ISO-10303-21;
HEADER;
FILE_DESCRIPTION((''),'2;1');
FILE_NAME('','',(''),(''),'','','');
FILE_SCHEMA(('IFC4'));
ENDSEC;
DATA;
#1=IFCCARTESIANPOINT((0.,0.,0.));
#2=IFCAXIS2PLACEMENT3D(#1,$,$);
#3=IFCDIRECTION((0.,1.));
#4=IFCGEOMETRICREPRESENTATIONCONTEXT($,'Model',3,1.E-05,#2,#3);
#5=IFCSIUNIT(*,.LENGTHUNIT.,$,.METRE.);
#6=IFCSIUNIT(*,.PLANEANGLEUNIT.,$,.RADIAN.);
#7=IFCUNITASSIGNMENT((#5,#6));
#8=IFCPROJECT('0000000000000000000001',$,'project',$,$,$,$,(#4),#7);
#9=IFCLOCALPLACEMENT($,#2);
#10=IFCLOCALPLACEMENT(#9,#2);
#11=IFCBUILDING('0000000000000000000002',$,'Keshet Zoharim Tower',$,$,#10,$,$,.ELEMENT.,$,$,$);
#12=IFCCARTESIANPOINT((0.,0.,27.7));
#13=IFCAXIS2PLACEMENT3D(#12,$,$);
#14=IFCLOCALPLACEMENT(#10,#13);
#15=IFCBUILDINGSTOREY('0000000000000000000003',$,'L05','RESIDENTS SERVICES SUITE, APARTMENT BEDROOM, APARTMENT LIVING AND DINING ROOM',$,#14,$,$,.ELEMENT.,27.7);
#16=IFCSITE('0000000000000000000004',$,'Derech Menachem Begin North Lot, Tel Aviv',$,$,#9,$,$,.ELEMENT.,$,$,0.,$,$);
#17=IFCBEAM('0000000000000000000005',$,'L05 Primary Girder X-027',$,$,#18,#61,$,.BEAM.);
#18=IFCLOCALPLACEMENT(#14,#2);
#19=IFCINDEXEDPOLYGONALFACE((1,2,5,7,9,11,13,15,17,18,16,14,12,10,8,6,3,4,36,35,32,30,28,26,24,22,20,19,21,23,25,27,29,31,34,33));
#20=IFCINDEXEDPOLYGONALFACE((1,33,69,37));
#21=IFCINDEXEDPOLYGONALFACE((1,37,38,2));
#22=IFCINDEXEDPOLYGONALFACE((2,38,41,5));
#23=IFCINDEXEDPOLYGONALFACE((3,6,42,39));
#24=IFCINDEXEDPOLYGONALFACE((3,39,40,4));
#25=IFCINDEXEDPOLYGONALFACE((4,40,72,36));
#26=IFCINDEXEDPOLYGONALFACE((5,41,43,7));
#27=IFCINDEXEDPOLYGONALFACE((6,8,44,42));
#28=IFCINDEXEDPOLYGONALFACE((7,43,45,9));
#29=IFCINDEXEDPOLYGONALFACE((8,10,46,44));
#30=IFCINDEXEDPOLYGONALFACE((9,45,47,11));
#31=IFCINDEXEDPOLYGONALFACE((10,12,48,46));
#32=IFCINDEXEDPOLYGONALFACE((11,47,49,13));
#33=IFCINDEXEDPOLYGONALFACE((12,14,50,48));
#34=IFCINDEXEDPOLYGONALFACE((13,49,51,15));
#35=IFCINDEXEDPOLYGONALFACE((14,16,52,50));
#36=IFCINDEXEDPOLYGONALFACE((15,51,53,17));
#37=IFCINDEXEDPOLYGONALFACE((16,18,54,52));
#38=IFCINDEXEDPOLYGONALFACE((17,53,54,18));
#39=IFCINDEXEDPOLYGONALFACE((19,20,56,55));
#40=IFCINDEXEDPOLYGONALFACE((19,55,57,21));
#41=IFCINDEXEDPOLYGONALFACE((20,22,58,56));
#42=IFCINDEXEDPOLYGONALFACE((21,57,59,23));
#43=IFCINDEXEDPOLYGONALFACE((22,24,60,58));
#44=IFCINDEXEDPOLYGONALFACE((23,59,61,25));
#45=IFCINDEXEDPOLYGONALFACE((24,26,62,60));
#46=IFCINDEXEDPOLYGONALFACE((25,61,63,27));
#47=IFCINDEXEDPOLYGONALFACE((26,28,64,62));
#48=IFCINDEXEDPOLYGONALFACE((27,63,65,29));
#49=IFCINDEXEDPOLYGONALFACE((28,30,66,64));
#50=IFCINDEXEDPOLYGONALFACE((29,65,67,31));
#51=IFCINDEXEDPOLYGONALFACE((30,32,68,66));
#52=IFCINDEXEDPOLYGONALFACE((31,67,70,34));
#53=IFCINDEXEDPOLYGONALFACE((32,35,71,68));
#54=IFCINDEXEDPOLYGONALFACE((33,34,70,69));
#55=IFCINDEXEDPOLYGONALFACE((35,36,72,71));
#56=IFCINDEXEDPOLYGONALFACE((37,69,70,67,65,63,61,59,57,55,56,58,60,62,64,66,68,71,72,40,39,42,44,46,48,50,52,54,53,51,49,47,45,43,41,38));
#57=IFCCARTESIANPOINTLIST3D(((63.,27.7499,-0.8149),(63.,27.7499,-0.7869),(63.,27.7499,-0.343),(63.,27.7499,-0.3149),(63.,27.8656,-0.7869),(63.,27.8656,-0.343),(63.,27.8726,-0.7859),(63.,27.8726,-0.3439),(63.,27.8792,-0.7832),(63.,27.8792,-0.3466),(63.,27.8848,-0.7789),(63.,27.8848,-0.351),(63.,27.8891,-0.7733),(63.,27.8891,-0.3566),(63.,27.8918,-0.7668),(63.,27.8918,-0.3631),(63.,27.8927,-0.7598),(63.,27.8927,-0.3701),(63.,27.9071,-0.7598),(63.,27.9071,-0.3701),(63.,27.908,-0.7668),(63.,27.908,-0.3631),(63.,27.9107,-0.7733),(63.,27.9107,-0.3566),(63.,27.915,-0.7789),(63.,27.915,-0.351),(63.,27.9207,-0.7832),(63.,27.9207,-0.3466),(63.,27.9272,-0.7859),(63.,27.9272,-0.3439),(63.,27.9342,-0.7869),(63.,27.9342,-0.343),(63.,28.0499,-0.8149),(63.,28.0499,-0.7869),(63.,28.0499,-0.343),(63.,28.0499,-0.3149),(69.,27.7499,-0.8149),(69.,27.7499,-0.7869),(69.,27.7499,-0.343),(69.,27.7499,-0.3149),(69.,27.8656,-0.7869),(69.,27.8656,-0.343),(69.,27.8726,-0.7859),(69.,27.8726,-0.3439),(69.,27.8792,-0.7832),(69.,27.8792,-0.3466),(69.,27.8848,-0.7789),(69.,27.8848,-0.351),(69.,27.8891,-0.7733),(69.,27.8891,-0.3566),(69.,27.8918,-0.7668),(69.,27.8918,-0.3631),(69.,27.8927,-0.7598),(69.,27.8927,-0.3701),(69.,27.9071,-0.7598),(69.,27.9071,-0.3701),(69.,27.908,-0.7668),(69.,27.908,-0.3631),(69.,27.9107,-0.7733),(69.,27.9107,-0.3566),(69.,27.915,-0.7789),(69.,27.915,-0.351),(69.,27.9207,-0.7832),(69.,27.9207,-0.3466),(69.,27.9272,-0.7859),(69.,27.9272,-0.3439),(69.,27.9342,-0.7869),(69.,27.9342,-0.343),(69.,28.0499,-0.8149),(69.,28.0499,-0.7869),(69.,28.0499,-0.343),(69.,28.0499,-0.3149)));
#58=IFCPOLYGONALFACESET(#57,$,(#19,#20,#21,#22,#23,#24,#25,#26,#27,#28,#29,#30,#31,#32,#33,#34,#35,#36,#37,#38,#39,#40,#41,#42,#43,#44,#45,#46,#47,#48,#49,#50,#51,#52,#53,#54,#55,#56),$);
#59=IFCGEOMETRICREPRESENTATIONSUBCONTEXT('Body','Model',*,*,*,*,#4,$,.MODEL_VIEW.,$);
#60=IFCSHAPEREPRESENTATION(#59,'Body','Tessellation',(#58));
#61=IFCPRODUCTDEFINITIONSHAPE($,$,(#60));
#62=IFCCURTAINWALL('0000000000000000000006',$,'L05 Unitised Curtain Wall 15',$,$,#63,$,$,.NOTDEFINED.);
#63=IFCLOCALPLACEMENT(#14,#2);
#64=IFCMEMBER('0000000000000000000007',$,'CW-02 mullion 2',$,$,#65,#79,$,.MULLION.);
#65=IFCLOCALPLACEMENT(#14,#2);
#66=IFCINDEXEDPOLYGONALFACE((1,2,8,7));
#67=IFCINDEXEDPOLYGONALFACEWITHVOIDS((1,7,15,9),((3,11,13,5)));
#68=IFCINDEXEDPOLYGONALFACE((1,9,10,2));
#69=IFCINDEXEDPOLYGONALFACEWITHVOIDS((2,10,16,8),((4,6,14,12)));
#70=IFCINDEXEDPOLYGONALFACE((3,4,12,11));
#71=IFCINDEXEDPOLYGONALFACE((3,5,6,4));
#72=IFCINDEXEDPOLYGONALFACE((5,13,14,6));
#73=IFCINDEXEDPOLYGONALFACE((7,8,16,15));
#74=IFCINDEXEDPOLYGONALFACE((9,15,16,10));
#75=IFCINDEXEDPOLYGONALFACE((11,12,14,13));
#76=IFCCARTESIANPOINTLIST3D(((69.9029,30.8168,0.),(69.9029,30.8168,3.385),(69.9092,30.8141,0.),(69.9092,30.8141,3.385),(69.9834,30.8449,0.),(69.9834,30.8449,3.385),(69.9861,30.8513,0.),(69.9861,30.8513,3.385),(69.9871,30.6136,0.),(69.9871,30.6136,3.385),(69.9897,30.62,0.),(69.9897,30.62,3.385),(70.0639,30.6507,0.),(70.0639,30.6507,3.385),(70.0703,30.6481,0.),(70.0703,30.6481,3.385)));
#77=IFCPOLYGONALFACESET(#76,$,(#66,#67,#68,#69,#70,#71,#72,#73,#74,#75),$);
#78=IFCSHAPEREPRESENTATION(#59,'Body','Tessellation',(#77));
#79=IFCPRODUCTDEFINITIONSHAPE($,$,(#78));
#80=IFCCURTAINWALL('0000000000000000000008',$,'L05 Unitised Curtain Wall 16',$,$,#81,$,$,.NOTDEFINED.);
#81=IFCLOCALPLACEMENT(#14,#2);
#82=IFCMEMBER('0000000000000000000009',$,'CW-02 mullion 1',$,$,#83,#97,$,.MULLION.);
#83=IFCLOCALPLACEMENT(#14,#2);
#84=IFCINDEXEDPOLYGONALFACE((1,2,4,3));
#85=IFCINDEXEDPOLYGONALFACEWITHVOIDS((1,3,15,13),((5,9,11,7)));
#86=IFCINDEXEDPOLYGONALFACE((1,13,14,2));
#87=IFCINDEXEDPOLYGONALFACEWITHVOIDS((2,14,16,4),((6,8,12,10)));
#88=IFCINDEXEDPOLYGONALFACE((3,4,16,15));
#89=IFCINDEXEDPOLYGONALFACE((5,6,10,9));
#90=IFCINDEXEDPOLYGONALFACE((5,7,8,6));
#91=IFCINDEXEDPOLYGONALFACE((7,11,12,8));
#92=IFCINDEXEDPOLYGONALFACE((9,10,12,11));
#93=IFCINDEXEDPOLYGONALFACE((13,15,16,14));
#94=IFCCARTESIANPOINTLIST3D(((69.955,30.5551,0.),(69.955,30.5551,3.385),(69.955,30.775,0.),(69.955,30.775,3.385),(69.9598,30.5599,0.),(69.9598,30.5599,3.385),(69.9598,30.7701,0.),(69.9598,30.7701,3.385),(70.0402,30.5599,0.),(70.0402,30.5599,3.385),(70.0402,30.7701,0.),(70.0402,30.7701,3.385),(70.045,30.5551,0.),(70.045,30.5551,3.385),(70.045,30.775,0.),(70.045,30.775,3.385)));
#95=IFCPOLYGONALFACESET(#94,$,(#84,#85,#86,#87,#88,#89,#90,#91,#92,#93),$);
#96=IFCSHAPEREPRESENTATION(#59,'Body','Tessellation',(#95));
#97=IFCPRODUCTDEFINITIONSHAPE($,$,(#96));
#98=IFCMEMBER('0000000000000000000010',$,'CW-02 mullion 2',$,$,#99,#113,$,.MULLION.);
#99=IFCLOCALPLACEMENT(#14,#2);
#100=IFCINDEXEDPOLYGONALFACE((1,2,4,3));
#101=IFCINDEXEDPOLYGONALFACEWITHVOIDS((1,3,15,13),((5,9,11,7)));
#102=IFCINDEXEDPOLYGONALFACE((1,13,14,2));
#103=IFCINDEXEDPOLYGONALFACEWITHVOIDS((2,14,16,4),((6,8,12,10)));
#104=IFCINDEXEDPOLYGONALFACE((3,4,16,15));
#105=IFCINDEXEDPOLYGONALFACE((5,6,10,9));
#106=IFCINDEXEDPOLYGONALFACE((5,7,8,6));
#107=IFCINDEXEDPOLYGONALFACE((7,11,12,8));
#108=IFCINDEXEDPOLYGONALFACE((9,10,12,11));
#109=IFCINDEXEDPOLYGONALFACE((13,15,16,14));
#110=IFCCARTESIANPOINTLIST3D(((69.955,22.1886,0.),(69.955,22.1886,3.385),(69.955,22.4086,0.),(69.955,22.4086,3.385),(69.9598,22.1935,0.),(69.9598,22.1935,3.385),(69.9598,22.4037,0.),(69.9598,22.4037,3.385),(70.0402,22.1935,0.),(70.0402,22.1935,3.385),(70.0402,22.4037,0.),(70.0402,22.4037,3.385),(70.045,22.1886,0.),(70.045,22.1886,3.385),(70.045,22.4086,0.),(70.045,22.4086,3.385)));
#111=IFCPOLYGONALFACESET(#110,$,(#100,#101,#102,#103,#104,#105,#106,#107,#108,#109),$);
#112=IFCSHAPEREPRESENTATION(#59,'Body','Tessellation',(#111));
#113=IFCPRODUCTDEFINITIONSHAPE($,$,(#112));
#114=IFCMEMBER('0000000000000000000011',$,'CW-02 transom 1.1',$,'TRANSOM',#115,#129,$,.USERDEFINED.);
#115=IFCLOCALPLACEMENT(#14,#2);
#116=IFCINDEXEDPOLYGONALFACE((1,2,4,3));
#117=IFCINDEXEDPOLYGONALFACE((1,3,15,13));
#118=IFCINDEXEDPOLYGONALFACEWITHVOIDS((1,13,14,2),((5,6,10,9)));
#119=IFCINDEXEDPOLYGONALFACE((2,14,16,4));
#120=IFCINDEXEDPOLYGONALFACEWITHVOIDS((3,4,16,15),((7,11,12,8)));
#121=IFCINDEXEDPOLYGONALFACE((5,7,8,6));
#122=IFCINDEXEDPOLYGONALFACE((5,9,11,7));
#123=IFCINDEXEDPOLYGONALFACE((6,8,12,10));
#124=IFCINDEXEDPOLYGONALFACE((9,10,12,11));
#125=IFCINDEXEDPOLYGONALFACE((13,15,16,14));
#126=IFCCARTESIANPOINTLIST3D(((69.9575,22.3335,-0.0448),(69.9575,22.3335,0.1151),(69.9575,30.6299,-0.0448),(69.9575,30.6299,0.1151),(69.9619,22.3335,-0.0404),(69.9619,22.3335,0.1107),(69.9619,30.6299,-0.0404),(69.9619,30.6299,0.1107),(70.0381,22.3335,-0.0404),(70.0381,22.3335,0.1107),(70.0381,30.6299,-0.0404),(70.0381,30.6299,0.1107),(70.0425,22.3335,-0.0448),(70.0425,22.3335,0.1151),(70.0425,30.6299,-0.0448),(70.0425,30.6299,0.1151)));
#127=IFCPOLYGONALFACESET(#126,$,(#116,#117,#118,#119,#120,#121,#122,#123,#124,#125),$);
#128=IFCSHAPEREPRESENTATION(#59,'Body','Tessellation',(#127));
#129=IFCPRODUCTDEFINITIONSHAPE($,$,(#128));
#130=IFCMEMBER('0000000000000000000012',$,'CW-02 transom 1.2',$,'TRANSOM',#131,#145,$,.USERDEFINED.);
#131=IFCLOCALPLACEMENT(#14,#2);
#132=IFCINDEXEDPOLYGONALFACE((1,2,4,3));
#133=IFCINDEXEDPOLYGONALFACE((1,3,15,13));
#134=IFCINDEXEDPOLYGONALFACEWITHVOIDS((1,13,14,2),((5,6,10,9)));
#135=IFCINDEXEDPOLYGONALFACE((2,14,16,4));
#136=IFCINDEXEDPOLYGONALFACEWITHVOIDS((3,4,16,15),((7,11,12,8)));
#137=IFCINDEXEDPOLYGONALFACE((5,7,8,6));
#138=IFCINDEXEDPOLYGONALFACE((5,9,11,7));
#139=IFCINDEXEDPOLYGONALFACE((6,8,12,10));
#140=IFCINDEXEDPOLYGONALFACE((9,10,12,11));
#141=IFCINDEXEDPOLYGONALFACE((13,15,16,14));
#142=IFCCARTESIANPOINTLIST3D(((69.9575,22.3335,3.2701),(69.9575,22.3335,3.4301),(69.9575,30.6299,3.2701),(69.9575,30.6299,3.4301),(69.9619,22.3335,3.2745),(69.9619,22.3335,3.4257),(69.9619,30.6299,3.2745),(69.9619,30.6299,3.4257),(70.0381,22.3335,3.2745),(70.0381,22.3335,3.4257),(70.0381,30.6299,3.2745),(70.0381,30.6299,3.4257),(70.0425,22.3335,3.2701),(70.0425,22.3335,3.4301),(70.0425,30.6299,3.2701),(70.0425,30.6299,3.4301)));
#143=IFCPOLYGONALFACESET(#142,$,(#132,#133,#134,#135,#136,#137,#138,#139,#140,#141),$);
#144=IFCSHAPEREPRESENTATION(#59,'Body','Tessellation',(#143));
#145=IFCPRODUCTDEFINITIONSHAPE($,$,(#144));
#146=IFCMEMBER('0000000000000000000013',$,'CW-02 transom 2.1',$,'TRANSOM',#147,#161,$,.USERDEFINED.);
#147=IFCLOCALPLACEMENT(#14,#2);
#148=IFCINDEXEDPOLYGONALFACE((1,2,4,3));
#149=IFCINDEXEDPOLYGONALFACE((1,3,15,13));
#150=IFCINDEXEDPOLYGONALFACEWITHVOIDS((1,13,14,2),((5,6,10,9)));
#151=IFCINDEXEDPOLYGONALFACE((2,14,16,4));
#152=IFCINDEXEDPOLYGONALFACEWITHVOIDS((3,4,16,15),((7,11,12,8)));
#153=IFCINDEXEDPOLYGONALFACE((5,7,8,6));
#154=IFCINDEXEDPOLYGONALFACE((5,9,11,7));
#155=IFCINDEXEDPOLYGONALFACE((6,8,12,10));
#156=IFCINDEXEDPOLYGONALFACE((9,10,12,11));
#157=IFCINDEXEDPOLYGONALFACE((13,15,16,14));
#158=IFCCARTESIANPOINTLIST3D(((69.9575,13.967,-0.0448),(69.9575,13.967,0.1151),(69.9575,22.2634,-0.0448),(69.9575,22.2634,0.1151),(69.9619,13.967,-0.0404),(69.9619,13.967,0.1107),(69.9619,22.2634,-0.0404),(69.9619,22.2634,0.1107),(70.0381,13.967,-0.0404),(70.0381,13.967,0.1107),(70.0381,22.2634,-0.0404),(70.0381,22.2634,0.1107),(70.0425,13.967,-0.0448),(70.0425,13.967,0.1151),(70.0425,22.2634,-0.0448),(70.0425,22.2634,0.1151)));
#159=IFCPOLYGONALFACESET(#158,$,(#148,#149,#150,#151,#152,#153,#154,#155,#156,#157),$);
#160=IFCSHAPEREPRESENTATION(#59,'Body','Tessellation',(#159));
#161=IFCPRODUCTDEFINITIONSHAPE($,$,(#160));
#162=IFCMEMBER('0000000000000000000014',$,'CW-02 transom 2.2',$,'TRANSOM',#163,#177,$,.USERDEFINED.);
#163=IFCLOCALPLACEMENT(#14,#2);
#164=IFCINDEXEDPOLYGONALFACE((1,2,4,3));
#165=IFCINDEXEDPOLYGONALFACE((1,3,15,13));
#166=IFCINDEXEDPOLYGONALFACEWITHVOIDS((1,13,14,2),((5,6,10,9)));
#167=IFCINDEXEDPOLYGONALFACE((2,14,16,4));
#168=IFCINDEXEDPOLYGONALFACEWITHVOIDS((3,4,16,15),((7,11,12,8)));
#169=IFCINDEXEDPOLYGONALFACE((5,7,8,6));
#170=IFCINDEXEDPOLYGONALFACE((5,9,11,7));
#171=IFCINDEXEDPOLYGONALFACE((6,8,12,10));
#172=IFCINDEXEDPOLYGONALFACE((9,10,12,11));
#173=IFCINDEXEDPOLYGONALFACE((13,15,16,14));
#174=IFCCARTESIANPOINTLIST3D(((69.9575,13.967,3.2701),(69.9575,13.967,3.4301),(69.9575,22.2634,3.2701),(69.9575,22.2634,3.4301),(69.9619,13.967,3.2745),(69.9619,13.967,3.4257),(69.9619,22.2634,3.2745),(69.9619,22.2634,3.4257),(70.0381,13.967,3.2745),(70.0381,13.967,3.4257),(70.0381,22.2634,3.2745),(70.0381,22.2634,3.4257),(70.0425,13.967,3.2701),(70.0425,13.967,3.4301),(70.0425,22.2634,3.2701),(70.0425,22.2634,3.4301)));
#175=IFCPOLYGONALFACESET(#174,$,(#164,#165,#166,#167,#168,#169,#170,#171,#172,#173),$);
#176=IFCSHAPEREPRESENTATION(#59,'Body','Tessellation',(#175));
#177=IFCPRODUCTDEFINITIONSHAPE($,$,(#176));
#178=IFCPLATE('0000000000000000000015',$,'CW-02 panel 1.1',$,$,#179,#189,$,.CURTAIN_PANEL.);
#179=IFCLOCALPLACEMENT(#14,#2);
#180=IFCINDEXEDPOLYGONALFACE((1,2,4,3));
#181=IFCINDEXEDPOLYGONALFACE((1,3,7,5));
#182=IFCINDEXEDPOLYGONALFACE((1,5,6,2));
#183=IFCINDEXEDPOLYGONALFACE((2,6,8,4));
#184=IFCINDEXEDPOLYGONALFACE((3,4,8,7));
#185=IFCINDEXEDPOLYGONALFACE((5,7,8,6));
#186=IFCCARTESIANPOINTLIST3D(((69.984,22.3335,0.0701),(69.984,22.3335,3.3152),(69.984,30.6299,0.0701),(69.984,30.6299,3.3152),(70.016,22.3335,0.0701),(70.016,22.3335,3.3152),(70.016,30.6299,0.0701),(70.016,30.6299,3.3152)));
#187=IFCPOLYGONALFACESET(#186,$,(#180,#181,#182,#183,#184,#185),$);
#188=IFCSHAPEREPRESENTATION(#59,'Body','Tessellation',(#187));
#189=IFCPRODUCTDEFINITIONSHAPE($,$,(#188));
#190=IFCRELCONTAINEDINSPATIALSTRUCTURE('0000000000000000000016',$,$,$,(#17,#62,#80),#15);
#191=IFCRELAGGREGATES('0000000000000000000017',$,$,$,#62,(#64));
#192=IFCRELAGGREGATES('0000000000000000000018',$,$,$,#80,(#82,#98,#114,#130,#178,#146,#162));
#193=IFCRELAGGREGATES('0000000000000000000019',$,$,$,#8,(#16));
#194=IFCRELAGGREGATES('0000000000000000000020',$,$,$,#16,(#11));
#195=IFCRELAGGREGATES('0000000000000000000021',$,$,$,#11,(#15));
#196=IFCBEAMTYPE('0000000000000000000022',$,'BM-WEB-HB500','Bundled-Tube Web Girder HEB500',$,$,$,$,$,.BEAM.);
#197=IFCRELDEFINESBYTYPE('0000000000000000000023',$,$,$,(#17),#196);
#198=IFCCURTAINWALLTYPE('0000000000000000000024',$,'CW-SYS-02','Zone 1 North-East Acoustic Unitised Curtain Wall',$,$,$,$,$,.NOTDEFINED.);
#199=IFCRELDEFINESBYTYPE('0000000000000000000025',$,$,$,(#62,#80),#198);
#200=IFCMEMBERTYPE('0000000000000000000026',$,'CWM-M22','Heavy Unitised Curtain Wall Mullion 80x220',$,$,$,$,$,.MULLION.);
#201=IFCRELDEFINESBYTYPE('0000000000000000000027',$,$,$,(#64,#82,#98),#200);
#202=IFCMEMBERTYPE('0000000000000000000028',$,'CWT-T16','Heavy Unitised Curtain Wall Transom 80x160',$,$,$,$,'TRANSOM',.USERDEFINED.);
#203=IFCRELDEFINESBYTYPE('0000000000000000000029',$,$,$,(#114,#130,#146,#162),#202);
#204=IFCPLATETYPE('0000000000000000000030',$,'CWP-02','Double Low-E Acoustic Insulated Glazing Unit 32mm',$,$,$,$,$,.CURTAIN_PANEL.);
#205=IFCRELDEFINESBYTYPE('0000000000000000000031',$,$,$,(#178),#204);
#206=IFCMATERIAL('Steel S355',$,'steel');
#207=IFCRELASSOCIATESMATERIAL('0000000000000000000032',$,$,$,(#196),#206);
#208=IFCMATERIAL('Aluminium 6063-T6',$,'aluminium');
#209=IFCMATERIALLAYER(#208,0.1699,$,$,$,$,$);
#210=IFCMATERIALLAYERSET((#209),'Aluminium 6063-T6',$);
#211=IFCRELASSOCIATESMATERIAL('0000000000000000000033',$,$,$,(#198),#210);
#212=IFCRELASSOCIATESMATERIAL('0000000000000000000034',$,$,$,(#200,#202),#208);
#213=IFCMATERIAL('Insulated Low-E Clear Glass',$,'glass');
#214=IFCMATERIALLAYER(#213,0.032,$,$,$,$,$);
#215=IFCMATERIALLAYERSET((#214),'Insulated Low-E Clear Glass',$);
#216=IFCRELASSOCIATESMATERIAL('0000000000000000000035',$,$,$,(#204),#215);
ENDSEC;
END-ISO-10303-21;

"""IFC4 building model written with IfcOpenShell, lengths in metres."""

from ifc_helpers import new_model, si_unit, direction, frame, origin, origin_2d, place, context, subcontext, project, spatial, rectangle, hollow_rectangle, i_section, extrude, material, layer, layer_set, material_profile, profile_set, type_object, element, aggregate, save


model = new_model("IFC4")

# Units and contexts
model_context = context("Model", 3, precision=1e-05, world=origin(), true_north=direction((0.0, 1.0)))
body_context = subcontext(model_context, "Body", "Model", "MODEL_VIEW")
ifc_project = project(units=[si_unit("LENGTHUNIT", "METRE"), si_unit("PLANEANGLEUNIT", "RADIAN")], contexts=[model_context])

# Site, building, storey
site_placement = place(None, origin())
site = spatial("IfcSite", under=ifc_project, at=site_placement, Name="Derech Menachem Begin North Lot, Tel Aviv", CompositionType="ELEMENT", RefElevation=0.0)
building_placement = place(site_placement, origin())
building = spatial("IfcBuilding", under=site, at=building_placement, Name="Keshet Zoharim Tower", CompositionType="ELEMENT")
storey_placement = place(building_placement, frame((0.0, 0.0, 27.7)))
storey = spatial("IfcBuildingStorey", under=building, at=storey_placement, Name="L05", Description="RESIDENTS SERVICES SUITE, APARTMENT BEDROOM, APARTMENT LIVING AND DINING ROOM", CompositionType="ELEMENT", Elevation=27.7)

# Shared definitions
ifc_material_1 = material(Name="Steel S355", Category="steel")

# Beam
ifc_material_profile_1 = material_profile(ifc_material_1, i_section(OverallWidth=0.3, OverallDepth=0.5, WebThickness=0.0144, FlangeThickness=0.0281, FilletRadius=0.0271, at=origin_2d()), Name="HEB500")
ifc_profile_set_1 = profile_set([ifc_material_profile_1], Name="Steel S355")
beam_type_1 = type_object("IfcBeamType", Name="BM-WEB-HB500", Description="Bundled-Tube Web Girder HEB500", PredefinedType="BEAM", material=ifc_profile_set_1)
for number, where, z_axis, x_axis, name in (
    (1, (63.0, 27.8999, -0.5649), (1.0, 0.0, 0.0), (0.0, 1.0, 0.0), "L05 Primary Girder X-027"),
):
    element("IfcBeam", number, at=place(storey_placement, frame(where, z_axis=z_axis, x_axis=x_axis)), inside=storey, type_object=beam_type_1, Name=name, PredefinedType="BEAM", context=body_context, shape_type="SweptSolid", body=[
        extrude(i_section(OverallWidth=0.3, OverallDepth=0.5, WebThickness=0.0144, FlangeThickness=0.0281, FilletRadius=0.0271, at=origin_2d()), origin(), (0.0, 0.0, 1.0), 6.0),
    ])

# Curtain wall, member
ifc_material_2 = material(Name="Aluminium 6063-T6", Category="aluminium")
ifc_layer_1 = layer(ifc_material_2, 0.1699)
ifc_layer_set_1 = layer_set([ifc_layer_1], Name="Aluminium 6063-T6")
curtain_wall_type = type_object("IfcCurtainWallType", Name="CW-SYS-02", Description="Zone 1 North-East Acoustic Unitised Curtain Wall", PredefinedType="NOTDEFINED", material=ifc_layer_set_1)
curtain_wall_1_placement = place(storey_placement, origin())
curtain_wall_1 = element("IfcCurtainWall", 2, at=curtain_wall_1_placement, inside=storey, type_object=curtain_wall_type, Name="L05 Unitised Curtain Wall 15", PredefinedType="NOTDEFINED")
ifc_material_profile_2 = material_profile(ifc_material_2, hollow_rectangle(XDim=0.0901, YDim=0.22, WallThickness=0.0049, at=origin_2d()), Name="MUL-90x220")
ifc_profile_set_2 = profile_set([ifc_material_profile_2], Name="Aluminium 6063-T6")
member_type_1 = type_object("IfcMemberType", Name="CWM-M22", Description="Heavy Unitised Curtain Wall Mullion 80x220", PredefinedType="MULLION", material=ifc_profile_set_2)
member_1_placement = place(storey_placement, frame((69.9866, 30.7324, 0.0), z_axis=(0.0, 0.0, 1.0), x_axis=(0.92381, 0.382852, 0.0)))
member_1 = element("IfcMember", 3, at=member_1_placement, type_object=member_type_1, Name="CW-02 mullion 2", PredefinedType="MULLION", context=body_context, shape_type="SweptSolid", body=[
    extrude(hollow_rectangle(XDim=0.0901, YDim=0.22, WallThickness=0.0049, at=origin_2d()), origin(), (0.0, 0.0, 1.0), 3.385),
])
aggregate(curtain_wall_1, [member_1])

# Curtain wall, members, plate
curtain_wall_2_placement = place(storey_placement, origin())
curtain_wall_2 = element("IfcCurtainWall", 4, at=curtain_wall_2_placement, inside=storey, type_object=curtain_wall_type, Name="L05 Unitised Curtain Wall 16", PredefinedType="NOTDEFINED")
member_2_placement = place(storey_placement, frame((70.0, 30.665, 0.0), z_axis=(0.0, 0.0, 1.0), x_axis=(1.0, 0.0, 0.0)))
member_2 = element("IfcMember", 5, at=member_2_placement, type_object=member_type_1, Name="CW-02 mullion 1", PredefinedType="MULLION", context=body_context, shape_type="SweptSolid", body=[
    extrude(hollow_rectangle(XDim=0.0901, YDim=0.22, WallThickness=0.0049, at=origin_2d()), origin(), (0.0, 0.0, 1.0), 3.385),
])
member_3_placement = place(storey_placement, frame((70.0, 22.2986, 0.0), z_axis=(0.0, 0.0, 1.0), x_axis=(1.0, 0.0, 0.0)))
member_3 = element("IfcMember", 6, at=member_3_placement, type_object=member_type_1, Name="CW-02 mullion 2", PredefinedType="MULLION", context=body_context, shape_type="SweptSolid", body=[
    extrude(hollow_rectangle(XDim=0.0901, YDim=0.22, WallThickness=0.0049, at=origin_2d()), origin(), (0.0, 0.0, 1.0), 3.385),
])
ifc_material_profile_3 = material_profile(ifc_material_2, hollow_rectangle(XDim=0.085, YDim=0.1599, WallThickness=0.0044, at=origin_2d()), Name="TRN-85x160")
ifc_profile_set_3 = profile_set([ifc_material_profile_3], Name="Aluminium 6063-T6")
member_type_2 = type_object("IfcMemberType", Name="CWT-T16", Description="Heavy Unitised Curtain Wall Transom 80x160", ElementType="TRANSOM", PredefinedType="USERDEFINED", material=ifc_profile_set_3)
member_4_placement = place(storey_placement, frame((70.0, 30.6299, 0.0352), z_axis=(0.0, -1.0, 0.0), x_axis=(1.0, 0.0, 0.0)))
member_4 = element("IfcMember", 7, at=member_4_placement, type_object=member_type_2, Name="CW-02 transom 1.1", ObjectType="TRANSOM", PredefinedType="USERDEFINED", context=body_context, shape_type="SweptSolid", body=[
    extrude(hollow_rectangle(XDim=0.085, YDim=0.1599, WallThickness=0.0044, at=origin_2d()), origin(), (0.0, 0.0, 1.0), 8.2964),
])
member_5_placement = place(storey_placement, frame((70.0, 30.6299, 3.3501), z_axis=(0.0, -1.0, 0.0), x_axis=(1.0, 0.0, 0.0)))
member_5 = element("IfcMember", 8, at=member_5_placement, type_object=member_type_2, Name="CW-02 transom 1.2", ObjectType="TRANSOM", PredefinedType="USERDEFINED", context=body_context, shape_type="SweptSolid", body=[
    extrude(hollow_rectangle(XDim=0.085, YDim=0.1599, WallThickness=0.0044, at=origin_2d()), origin(), (0.0, 0.0, 1.0), 8.2964),
])
member_6_placement = place(storey_placement, frame((70.0, 22.2634, 0.0352), z_axis=(0.0, -1.0, 0.0), x_axis=(1.0, 0.0, 0.0)))
member_6 = element("IfcMember", 9, at=member_6_placement, type_object=member_type_2, Name="CW-02 transom 2.1", ObjectType="TRANSOM", PredefinedType="USERDEFINED", context=body_context, shape_type="SweptSolid", body=[
    extrude(hollow_rectangle(XDim=0.085, YDim=0.1599, WallThickness=0.0044, at=origin_2d()), origin(), (0.0, 0.0, 1.0), 8.2964),
])
member_7_placement = place(storey_placement, frame((70.0, 22.2634, 3.3501), z_axis=(0.0, -1.0, 0.0), x_axis=(1.0, 0.0, 0.0)))
member_7 = element("IfcMember", 10, at=member_7_placement, type_object=member_type_2, Name="CW-02 transom 2.2", ObjectType="TRANSOM", PredefinedType="USERDEFINED", context=body_context, shape_type="SweptSolid", body=[
    extrude(hollow_rectangle(XDim=0.085, YDim=0.1599, WallThickness=0.0044, at=origin_2d()), origin(), (0.0, 0.0, 1.0), 8.2964),
])
ifc_material_3 = material(Name="Insulated Low-E Clear Glass", Category="glass")
ifc_layer_2 = layer(ifc_material_3, 0.032)
ifc_layer_set_2 = layer_set([ifc_layer_2], Name="Insulated Low-E Clear Glass")
plate_type = type_object("IfcPlateType", Name="CWP-02", Description="Double Low-E Acoustic Insulated Glazing Unit 32mm", PredefinedType="CURTAIN_PANEL", material=ifc_layer_set_2)
plate_1_placement = place(storey_placement, frame((70.0, 26.4817, 0.0701), z_axis=(0.0, 0.0, 1.0), x_axis=(0.0, -1.0, 0.0)))
plate_1 = element("IfcPlate", 11, at=plate_1_placement, type_object=plate_type, Name="CW-02 panel 1.1", PredefinedType="CURTAIN_PANEL", context=body_context, shape_type="SweptSolid", body=[
    extrude(rectangle(XDim=8.2964, YDim=0.032, at=origin_2d()), origin(), (0.0, 0.0, 1.0), 3.2451),
])
aggregate(curtain_wall_2, [member_2, member_3, member_4, member_5, plate_1, member_6, member_7])

save(model, "model.ifc")
